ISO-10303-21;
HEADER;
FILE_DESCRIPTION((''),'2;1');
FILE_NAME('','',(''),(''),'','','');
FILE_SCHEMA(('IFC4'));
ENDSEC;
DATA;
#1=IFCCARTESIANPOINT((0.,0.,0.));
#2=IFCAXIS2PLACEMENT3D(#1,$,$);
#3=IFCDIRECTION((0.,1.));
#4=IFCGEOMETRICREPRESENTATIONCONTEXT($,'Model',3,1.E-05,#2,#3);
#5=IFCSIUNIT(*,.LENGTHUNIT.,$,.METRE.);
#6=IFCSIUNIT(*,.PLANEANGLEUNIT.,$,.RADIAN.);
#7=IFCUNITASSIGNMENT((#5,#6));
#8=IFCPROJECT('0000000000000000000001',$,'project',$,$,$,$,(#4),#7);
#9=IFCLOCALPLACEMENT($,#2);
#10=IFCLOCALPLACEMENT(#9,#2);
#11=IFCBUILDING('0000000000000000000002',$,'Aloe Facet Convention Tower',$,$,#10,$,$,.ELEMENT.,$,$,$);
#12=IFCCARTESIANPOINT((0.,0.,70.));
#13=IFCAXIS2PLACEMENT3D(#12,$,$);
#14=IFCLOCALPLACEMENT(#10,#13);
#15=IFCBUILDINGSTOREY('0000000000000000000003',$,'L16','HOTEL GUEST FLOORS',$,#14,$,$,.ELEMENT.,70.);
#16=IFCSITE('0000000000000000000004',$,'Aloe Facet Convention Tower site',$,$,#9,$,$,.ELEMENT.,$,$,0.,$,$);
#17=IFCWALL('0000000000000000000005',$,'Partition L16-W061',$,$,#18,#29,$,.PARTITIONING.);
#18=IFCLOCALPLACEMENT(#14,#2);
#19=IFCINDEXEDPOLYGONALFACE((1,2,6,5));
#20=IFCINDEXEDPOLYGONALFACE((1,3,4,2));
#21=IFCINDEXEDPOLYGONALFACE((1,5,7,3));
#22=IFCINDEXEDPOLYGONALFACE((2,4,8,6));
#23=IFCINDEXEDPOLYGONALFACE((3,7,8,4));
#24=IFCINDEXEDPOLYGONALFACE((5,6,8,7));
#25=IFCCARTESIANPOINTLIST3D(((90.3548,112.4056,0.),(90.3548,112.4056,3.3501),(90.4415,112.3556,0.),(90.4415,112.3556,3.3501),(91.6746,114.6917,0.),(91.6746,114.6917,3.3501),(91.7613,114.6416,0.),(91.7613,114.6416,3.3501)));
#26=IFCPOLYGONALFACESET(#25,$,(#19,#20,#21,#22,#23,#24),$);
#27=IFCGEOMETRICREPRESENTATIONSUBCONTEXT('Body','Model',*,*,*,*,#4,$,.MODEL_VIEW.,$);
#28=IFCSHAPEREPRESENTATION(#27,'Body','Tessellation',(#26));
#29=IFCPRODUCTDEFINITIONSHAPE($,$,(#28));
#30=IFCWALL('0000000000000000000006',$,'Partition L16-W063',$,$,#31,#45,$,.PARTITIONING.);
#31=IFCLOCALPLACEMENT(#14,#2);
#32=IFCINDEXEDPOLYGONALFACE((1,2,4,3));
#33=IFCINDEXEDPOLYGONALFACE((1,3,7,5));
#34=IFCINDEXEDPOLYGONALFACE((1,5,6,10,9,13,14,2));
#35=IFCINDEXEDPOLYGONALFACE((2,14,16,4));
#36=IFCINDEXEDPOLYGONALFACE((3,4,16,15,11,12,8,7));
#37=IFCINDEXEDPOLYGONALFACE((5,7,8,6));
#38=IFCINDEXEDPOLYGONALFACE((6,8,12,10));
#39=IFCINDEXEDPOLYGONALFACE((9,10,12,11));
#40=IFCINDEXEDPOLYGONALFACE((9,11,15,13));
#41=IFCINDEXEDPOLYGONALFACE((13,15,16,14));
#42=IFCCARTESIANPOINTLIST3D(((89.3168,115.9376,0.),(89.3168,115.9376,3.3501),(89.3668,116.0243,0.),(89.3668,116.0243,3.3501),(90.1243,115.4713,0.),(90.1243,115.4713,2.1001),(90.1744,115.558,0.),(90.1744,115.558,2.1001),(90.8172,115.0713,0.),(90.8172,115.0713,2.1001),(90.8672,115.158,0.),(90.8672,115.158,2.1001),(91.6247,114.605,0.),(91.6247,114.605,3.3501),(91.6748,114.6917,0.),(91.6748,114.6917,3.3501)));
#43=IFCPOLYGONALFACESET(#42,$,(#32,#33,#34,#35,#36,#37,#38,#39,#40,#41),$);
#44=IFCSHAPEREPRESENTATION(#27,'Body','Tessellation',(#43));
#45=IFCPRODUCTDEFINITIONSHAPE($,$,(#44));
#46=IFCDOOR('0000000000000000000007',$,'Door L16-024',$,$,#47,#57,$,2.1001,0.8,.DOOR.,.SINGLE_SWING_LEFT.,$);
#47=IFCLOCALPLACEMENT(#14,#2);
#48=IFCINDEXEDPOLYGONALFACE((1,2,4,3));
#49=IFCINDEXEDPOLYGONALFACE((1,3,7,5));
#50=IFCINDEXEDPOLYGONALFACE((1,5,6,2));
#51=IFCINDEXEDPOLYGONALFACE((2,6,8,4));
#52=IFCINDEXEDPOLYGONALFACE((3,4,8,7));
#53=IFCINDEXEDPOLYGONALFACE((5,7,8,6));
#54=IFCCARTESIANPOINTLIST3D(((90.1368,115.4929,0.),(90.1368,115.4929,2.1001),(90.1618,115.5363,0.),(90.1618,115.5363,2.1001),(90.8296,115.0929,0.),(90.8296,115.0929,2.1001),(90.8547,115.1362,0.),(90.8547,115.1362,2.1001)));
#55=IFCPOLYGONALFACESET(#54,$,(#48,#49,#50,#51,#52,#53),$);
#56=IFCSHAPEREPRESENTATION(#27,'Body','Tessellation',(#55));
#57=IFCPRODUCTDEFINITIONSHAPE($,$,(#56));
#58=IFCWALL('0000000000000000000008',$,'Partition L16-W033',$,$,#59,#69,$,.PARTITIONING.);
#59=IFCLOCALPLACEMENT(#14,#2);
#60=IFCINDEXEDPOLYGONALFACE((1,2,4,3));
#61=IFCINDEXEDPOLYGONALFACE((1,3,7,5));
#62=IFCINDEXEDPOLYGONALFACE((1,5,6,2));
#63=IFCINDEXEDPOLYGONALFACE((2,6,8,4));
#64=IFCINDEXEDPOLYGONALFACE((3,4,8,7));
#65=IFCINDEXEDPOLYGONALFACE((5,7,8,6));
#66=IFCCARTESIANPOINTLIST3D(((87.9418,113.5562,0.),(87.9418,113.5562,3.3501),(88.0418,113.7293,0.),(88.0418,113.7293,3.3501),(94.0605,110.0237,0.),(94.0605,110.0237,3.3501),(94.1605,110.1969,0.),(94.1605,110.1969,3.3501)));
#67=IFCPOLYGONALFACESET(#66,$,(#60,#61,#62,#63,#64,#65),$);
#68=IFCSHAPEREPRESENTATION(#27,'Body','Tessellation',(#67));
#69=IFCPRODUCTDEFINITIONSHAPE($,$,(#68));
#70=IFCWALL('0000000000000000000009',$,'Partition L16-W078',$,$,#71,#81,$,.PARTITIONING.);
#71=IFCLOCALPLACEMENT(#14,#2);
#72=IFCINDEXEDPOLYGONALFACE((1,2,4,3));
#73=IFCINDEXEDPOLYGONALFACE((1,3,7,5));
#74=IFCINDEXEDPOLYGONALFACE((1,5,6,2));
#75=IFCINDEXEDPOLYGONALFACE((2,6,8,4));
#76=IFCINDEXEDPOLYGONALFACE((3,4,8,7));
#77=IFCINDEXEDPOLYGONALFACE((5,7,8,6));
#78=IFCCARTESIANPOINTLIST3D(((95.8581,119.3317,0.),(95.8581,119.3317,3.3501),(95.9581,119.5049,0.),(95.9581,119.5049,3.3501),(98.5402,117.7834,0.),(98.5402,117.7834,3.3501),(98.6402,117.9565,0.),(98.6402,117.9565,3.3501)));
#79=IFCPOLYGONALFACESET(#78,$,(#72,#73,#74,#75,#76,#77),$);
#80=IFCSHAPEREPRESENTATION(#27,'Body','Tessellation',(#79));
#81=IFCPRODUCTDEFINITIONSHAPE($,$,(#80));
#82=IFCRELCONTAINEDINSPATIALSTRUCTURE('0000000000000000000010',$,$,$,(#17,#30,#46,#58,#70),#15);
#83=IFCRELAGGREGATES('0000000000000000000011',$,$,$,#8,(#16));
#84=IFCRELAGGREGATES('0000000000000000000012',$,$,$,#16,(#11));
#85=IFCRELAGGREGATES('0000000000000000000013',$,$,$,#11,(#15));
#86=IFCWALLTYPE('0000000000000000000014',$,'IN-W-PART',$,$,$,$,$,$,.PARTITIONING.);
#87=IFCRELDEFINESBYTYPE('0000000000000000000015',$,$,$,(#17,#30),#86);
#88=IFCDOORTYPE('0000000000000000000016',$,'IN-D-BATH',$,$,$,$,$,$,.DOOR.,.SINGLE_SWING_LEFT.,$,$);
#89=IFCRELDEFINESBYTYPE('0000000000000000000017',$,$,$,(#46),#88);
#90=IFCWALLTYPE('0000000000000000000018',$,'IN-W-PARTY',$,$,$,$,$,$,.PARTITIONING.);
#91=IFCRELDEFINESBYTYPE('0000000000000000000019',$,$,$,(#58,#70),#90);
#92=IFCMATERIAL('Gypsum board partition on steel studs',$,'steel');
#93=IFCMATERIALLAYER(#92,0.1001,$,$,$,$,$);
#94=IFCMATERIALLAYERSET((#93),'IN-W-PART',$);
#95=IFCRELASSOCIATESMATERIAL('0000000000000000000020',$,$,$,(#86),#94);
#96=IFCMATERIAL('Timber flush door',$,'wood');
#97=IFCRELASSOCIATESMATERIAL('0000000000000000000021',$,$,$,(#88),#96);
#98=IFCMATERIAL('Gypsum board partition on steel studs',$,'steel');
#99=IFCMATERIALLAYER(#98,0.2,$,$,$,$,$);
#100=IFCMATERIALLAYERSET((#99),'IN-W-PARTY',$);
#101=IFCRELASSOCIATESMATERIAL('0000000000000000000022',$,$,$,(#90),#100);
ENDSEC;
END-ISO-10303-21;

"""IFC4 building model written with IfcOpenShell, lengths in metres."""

from ifc_helpers import new_model, si_unit, direction, frame, frame_2d, origin, place, context, subcontext, project, spatial, rectangle, extrude, material, layer, layer_set, type_object, element, fill, save


model = new_model("IFC4")

# Units and contexts
model_context = context("Model", 3, precision=1e-05, world=origin(), true_north=direction((0.0, 1.0)))
body_context = subcontext(model_context, "Body", "Model", "MODEL_VIEW")
ifc_project = project(units=[si_unit("LENGTHUNIT", "METRE"), si_unit("PLANEANGLEUNIT", "RADIAN")], contexts=[model_context])

# Site, building, storey
site_placement = place(None, origin())
site = spatial("IfcSite", under=ifc_project, at=site_placement, Name="Aloe Facet Convention Tower site", CompositionType="ELEMENT", RefElevation=0.0)
building_placement = place(site_placement, origin())
building = spatial("IfcBuilding", under=site, at=building_placement, Name="Aloe Facet Convention Tower", CompositionType="ELEMENT")
storey_placement = place(building_placement, frame((0.0, 0.0, 70.0)))
storey = spatial("IfcBuildingStorey", under=building, at=storey_placement, Name="L16", Description="HOTEL GUEST FLOORS", CompositionType="ELEMENT", Elevation=70.0)

# Wall
ifc_material_1 = material(Name="Gypsum board partition on steel studs", Category="steel")
ifc_layer_1 = layer(ifc_material_1, 0.1001)
ifc_layer_set_1 = layer_set([ifc_layer_1], Name="IN-W-PART")
wall_type_1 = type_object("IfcWallType", Name="IN-W-PART", PredefinedType="PARTITIONING", material=ifc_layer_set_1)
wall_1_placement = place(storey_placement, frame((90.3982, 112.3806, 0.0), z_axis=(0.0, 0.0, 1.0), x_axis=(0.499979, 0.866038, 0.0)))
element("IfcWall", 1, at=wall_1_placement, inside=storey, type_object=wall_type_1, Name="Partition L16-W061", PredefinedType="PARTITIONING", context=body_context, shape_type="SweptSolid", body=[
    extrude(rectangle(XDim=2.6396, YDim=0.1001, at=frame_2d((1.3198, 0.0))), origin(), (0.0, 0.0, 1.0), 3.3501),
])

# Wall, opening, door
wall_2_placement = place(storey_placement, frame((89.3418, 115.981, 0.0), z_axis=(0.0, 0.0, 1.0), x_axis=(0.866013, -0.500021, 0.0)))
wall_2 = element("IfcWall", 2, at=wall_2_placement, inside=storey, type_object=wall_type_1, Name="Partition L16-W063", PredefinedType="PARTITIONING", context=body_context, shape_type="SweptSolid", body=[
    extrude(rectangle(XDim=2.665, YDim=0.1001, at=frame_2d((1.3325, 0.0))), origin(), (0.0, 0.0, 1.0), 3.3501),
])
opening_1_placement = place(wall_2_placement, frame((0.9326, 0.0, 0.0)))
opening_1 = element("IfcOpeningElement", 3, at=opening_1_placement, cuts=wall_2, PredefinedType="OPENING", context=body_context, shape_type="SweptSolid", body=[
    extrude(rectangle(XDim=0.8, YDim=2.1001, at=frame_2d((0.3999, 1.05))), frame((0.0, 0.0601, 0.0), z_axis=(0.0, -1.0, 0.0), x_axis=(1.0, 0.0, 0.0)), (0.0, 0.0, 1.0), 0.1201),
])
ifc_material_2 = material(Name="Timber flush door", Category="wood")
door_type_1 = type_object("IfcDoorType", Name="IN-D-BATH", OperationType="SINGLE_SWING_LEFT", PredefinedType="DOOR", material=ifc_material_2)
door_1_placement = place(opening_1_placement, origin())
door_1 = element("IfcDoor", 4, at=door_1_placement, inside=storey, type_object=door_type_1, Name="Door L16-024", OperationType="SINGLE_SWING_LEFT", OverallHeight=2.1001, OverallWidth=0.8, PredefinedType="DOOR", context=body_context, shape_type="SweptSolid", body=[
    extrude(rectangle(XDim=0.8, YDim=2.1001, at=frame_2d((0.3999, 1.05))), frame((0.0, 0.0249, 0.0), z_axis=(0.0, -1.0, 0.0), x_axis=(1.0, 0.0, 0.0)), (0.0, 0.0, 1.0), 0.05),
])
fill(opening_1, door_1)

# Walls
ifc_material_3 = material(Name="Gypsum board partition on steel studs", Category="steel")
ifc_layer_2 = layer(ifc_material_3, 0.2)
ifc_layer_set_2 = layer_set([ifc_layer_2], Name="IN-W-PARTY")
wall_type_2 = type_object("IfcWallType", Name="IN-W-PARTY", PredefinedType="PARTITIONING", material=ifc_layer_set_2)
wall_3_placement = place(storey_placement, frame((87.9917, 113.6428, 0.0), z_axis=(0.0, 0.0, 1.0), x_axis=(0.866034, -0.499986, 0.0)))
element("IfcWall", 5, at=wall_3_placement, inside=storey, type_object=wall_type_2, Name="Partition L16-W033", PredefinedType="PARTITIONING", context=body_context, shape_type="SweptSolid", body=[
    extrude(rectangle(XDim=7.0652, YDim=0.2, at=frame_2d((3.5327, 0.0))), origin(), (0.0, 0.0, 1.0), 3.3501),
])
wall_4_placement = place(storey_placement, frame((95.9082, 119.4182, 0.0), z_axis=(0.0, 0.0, 1.0), x_axis=(0.866052, -0.499954, 0.0)))
element("IfcWall", 6, at=wall_4_placement, inside=storey, type_object=wall_type_2, Name="Partition L16-W078", PredefinedType="PARTITIONING", context=body_context, shape_type="SweptSolid", body=[
    extrude(rectangle(XDim=3.0969, YDim=0.2, at=frame_2d((1.5483, 0.0))), origin(), (0.0, 0.0, 1.0), 3.3501),
])

save(model, "model.ifc")
